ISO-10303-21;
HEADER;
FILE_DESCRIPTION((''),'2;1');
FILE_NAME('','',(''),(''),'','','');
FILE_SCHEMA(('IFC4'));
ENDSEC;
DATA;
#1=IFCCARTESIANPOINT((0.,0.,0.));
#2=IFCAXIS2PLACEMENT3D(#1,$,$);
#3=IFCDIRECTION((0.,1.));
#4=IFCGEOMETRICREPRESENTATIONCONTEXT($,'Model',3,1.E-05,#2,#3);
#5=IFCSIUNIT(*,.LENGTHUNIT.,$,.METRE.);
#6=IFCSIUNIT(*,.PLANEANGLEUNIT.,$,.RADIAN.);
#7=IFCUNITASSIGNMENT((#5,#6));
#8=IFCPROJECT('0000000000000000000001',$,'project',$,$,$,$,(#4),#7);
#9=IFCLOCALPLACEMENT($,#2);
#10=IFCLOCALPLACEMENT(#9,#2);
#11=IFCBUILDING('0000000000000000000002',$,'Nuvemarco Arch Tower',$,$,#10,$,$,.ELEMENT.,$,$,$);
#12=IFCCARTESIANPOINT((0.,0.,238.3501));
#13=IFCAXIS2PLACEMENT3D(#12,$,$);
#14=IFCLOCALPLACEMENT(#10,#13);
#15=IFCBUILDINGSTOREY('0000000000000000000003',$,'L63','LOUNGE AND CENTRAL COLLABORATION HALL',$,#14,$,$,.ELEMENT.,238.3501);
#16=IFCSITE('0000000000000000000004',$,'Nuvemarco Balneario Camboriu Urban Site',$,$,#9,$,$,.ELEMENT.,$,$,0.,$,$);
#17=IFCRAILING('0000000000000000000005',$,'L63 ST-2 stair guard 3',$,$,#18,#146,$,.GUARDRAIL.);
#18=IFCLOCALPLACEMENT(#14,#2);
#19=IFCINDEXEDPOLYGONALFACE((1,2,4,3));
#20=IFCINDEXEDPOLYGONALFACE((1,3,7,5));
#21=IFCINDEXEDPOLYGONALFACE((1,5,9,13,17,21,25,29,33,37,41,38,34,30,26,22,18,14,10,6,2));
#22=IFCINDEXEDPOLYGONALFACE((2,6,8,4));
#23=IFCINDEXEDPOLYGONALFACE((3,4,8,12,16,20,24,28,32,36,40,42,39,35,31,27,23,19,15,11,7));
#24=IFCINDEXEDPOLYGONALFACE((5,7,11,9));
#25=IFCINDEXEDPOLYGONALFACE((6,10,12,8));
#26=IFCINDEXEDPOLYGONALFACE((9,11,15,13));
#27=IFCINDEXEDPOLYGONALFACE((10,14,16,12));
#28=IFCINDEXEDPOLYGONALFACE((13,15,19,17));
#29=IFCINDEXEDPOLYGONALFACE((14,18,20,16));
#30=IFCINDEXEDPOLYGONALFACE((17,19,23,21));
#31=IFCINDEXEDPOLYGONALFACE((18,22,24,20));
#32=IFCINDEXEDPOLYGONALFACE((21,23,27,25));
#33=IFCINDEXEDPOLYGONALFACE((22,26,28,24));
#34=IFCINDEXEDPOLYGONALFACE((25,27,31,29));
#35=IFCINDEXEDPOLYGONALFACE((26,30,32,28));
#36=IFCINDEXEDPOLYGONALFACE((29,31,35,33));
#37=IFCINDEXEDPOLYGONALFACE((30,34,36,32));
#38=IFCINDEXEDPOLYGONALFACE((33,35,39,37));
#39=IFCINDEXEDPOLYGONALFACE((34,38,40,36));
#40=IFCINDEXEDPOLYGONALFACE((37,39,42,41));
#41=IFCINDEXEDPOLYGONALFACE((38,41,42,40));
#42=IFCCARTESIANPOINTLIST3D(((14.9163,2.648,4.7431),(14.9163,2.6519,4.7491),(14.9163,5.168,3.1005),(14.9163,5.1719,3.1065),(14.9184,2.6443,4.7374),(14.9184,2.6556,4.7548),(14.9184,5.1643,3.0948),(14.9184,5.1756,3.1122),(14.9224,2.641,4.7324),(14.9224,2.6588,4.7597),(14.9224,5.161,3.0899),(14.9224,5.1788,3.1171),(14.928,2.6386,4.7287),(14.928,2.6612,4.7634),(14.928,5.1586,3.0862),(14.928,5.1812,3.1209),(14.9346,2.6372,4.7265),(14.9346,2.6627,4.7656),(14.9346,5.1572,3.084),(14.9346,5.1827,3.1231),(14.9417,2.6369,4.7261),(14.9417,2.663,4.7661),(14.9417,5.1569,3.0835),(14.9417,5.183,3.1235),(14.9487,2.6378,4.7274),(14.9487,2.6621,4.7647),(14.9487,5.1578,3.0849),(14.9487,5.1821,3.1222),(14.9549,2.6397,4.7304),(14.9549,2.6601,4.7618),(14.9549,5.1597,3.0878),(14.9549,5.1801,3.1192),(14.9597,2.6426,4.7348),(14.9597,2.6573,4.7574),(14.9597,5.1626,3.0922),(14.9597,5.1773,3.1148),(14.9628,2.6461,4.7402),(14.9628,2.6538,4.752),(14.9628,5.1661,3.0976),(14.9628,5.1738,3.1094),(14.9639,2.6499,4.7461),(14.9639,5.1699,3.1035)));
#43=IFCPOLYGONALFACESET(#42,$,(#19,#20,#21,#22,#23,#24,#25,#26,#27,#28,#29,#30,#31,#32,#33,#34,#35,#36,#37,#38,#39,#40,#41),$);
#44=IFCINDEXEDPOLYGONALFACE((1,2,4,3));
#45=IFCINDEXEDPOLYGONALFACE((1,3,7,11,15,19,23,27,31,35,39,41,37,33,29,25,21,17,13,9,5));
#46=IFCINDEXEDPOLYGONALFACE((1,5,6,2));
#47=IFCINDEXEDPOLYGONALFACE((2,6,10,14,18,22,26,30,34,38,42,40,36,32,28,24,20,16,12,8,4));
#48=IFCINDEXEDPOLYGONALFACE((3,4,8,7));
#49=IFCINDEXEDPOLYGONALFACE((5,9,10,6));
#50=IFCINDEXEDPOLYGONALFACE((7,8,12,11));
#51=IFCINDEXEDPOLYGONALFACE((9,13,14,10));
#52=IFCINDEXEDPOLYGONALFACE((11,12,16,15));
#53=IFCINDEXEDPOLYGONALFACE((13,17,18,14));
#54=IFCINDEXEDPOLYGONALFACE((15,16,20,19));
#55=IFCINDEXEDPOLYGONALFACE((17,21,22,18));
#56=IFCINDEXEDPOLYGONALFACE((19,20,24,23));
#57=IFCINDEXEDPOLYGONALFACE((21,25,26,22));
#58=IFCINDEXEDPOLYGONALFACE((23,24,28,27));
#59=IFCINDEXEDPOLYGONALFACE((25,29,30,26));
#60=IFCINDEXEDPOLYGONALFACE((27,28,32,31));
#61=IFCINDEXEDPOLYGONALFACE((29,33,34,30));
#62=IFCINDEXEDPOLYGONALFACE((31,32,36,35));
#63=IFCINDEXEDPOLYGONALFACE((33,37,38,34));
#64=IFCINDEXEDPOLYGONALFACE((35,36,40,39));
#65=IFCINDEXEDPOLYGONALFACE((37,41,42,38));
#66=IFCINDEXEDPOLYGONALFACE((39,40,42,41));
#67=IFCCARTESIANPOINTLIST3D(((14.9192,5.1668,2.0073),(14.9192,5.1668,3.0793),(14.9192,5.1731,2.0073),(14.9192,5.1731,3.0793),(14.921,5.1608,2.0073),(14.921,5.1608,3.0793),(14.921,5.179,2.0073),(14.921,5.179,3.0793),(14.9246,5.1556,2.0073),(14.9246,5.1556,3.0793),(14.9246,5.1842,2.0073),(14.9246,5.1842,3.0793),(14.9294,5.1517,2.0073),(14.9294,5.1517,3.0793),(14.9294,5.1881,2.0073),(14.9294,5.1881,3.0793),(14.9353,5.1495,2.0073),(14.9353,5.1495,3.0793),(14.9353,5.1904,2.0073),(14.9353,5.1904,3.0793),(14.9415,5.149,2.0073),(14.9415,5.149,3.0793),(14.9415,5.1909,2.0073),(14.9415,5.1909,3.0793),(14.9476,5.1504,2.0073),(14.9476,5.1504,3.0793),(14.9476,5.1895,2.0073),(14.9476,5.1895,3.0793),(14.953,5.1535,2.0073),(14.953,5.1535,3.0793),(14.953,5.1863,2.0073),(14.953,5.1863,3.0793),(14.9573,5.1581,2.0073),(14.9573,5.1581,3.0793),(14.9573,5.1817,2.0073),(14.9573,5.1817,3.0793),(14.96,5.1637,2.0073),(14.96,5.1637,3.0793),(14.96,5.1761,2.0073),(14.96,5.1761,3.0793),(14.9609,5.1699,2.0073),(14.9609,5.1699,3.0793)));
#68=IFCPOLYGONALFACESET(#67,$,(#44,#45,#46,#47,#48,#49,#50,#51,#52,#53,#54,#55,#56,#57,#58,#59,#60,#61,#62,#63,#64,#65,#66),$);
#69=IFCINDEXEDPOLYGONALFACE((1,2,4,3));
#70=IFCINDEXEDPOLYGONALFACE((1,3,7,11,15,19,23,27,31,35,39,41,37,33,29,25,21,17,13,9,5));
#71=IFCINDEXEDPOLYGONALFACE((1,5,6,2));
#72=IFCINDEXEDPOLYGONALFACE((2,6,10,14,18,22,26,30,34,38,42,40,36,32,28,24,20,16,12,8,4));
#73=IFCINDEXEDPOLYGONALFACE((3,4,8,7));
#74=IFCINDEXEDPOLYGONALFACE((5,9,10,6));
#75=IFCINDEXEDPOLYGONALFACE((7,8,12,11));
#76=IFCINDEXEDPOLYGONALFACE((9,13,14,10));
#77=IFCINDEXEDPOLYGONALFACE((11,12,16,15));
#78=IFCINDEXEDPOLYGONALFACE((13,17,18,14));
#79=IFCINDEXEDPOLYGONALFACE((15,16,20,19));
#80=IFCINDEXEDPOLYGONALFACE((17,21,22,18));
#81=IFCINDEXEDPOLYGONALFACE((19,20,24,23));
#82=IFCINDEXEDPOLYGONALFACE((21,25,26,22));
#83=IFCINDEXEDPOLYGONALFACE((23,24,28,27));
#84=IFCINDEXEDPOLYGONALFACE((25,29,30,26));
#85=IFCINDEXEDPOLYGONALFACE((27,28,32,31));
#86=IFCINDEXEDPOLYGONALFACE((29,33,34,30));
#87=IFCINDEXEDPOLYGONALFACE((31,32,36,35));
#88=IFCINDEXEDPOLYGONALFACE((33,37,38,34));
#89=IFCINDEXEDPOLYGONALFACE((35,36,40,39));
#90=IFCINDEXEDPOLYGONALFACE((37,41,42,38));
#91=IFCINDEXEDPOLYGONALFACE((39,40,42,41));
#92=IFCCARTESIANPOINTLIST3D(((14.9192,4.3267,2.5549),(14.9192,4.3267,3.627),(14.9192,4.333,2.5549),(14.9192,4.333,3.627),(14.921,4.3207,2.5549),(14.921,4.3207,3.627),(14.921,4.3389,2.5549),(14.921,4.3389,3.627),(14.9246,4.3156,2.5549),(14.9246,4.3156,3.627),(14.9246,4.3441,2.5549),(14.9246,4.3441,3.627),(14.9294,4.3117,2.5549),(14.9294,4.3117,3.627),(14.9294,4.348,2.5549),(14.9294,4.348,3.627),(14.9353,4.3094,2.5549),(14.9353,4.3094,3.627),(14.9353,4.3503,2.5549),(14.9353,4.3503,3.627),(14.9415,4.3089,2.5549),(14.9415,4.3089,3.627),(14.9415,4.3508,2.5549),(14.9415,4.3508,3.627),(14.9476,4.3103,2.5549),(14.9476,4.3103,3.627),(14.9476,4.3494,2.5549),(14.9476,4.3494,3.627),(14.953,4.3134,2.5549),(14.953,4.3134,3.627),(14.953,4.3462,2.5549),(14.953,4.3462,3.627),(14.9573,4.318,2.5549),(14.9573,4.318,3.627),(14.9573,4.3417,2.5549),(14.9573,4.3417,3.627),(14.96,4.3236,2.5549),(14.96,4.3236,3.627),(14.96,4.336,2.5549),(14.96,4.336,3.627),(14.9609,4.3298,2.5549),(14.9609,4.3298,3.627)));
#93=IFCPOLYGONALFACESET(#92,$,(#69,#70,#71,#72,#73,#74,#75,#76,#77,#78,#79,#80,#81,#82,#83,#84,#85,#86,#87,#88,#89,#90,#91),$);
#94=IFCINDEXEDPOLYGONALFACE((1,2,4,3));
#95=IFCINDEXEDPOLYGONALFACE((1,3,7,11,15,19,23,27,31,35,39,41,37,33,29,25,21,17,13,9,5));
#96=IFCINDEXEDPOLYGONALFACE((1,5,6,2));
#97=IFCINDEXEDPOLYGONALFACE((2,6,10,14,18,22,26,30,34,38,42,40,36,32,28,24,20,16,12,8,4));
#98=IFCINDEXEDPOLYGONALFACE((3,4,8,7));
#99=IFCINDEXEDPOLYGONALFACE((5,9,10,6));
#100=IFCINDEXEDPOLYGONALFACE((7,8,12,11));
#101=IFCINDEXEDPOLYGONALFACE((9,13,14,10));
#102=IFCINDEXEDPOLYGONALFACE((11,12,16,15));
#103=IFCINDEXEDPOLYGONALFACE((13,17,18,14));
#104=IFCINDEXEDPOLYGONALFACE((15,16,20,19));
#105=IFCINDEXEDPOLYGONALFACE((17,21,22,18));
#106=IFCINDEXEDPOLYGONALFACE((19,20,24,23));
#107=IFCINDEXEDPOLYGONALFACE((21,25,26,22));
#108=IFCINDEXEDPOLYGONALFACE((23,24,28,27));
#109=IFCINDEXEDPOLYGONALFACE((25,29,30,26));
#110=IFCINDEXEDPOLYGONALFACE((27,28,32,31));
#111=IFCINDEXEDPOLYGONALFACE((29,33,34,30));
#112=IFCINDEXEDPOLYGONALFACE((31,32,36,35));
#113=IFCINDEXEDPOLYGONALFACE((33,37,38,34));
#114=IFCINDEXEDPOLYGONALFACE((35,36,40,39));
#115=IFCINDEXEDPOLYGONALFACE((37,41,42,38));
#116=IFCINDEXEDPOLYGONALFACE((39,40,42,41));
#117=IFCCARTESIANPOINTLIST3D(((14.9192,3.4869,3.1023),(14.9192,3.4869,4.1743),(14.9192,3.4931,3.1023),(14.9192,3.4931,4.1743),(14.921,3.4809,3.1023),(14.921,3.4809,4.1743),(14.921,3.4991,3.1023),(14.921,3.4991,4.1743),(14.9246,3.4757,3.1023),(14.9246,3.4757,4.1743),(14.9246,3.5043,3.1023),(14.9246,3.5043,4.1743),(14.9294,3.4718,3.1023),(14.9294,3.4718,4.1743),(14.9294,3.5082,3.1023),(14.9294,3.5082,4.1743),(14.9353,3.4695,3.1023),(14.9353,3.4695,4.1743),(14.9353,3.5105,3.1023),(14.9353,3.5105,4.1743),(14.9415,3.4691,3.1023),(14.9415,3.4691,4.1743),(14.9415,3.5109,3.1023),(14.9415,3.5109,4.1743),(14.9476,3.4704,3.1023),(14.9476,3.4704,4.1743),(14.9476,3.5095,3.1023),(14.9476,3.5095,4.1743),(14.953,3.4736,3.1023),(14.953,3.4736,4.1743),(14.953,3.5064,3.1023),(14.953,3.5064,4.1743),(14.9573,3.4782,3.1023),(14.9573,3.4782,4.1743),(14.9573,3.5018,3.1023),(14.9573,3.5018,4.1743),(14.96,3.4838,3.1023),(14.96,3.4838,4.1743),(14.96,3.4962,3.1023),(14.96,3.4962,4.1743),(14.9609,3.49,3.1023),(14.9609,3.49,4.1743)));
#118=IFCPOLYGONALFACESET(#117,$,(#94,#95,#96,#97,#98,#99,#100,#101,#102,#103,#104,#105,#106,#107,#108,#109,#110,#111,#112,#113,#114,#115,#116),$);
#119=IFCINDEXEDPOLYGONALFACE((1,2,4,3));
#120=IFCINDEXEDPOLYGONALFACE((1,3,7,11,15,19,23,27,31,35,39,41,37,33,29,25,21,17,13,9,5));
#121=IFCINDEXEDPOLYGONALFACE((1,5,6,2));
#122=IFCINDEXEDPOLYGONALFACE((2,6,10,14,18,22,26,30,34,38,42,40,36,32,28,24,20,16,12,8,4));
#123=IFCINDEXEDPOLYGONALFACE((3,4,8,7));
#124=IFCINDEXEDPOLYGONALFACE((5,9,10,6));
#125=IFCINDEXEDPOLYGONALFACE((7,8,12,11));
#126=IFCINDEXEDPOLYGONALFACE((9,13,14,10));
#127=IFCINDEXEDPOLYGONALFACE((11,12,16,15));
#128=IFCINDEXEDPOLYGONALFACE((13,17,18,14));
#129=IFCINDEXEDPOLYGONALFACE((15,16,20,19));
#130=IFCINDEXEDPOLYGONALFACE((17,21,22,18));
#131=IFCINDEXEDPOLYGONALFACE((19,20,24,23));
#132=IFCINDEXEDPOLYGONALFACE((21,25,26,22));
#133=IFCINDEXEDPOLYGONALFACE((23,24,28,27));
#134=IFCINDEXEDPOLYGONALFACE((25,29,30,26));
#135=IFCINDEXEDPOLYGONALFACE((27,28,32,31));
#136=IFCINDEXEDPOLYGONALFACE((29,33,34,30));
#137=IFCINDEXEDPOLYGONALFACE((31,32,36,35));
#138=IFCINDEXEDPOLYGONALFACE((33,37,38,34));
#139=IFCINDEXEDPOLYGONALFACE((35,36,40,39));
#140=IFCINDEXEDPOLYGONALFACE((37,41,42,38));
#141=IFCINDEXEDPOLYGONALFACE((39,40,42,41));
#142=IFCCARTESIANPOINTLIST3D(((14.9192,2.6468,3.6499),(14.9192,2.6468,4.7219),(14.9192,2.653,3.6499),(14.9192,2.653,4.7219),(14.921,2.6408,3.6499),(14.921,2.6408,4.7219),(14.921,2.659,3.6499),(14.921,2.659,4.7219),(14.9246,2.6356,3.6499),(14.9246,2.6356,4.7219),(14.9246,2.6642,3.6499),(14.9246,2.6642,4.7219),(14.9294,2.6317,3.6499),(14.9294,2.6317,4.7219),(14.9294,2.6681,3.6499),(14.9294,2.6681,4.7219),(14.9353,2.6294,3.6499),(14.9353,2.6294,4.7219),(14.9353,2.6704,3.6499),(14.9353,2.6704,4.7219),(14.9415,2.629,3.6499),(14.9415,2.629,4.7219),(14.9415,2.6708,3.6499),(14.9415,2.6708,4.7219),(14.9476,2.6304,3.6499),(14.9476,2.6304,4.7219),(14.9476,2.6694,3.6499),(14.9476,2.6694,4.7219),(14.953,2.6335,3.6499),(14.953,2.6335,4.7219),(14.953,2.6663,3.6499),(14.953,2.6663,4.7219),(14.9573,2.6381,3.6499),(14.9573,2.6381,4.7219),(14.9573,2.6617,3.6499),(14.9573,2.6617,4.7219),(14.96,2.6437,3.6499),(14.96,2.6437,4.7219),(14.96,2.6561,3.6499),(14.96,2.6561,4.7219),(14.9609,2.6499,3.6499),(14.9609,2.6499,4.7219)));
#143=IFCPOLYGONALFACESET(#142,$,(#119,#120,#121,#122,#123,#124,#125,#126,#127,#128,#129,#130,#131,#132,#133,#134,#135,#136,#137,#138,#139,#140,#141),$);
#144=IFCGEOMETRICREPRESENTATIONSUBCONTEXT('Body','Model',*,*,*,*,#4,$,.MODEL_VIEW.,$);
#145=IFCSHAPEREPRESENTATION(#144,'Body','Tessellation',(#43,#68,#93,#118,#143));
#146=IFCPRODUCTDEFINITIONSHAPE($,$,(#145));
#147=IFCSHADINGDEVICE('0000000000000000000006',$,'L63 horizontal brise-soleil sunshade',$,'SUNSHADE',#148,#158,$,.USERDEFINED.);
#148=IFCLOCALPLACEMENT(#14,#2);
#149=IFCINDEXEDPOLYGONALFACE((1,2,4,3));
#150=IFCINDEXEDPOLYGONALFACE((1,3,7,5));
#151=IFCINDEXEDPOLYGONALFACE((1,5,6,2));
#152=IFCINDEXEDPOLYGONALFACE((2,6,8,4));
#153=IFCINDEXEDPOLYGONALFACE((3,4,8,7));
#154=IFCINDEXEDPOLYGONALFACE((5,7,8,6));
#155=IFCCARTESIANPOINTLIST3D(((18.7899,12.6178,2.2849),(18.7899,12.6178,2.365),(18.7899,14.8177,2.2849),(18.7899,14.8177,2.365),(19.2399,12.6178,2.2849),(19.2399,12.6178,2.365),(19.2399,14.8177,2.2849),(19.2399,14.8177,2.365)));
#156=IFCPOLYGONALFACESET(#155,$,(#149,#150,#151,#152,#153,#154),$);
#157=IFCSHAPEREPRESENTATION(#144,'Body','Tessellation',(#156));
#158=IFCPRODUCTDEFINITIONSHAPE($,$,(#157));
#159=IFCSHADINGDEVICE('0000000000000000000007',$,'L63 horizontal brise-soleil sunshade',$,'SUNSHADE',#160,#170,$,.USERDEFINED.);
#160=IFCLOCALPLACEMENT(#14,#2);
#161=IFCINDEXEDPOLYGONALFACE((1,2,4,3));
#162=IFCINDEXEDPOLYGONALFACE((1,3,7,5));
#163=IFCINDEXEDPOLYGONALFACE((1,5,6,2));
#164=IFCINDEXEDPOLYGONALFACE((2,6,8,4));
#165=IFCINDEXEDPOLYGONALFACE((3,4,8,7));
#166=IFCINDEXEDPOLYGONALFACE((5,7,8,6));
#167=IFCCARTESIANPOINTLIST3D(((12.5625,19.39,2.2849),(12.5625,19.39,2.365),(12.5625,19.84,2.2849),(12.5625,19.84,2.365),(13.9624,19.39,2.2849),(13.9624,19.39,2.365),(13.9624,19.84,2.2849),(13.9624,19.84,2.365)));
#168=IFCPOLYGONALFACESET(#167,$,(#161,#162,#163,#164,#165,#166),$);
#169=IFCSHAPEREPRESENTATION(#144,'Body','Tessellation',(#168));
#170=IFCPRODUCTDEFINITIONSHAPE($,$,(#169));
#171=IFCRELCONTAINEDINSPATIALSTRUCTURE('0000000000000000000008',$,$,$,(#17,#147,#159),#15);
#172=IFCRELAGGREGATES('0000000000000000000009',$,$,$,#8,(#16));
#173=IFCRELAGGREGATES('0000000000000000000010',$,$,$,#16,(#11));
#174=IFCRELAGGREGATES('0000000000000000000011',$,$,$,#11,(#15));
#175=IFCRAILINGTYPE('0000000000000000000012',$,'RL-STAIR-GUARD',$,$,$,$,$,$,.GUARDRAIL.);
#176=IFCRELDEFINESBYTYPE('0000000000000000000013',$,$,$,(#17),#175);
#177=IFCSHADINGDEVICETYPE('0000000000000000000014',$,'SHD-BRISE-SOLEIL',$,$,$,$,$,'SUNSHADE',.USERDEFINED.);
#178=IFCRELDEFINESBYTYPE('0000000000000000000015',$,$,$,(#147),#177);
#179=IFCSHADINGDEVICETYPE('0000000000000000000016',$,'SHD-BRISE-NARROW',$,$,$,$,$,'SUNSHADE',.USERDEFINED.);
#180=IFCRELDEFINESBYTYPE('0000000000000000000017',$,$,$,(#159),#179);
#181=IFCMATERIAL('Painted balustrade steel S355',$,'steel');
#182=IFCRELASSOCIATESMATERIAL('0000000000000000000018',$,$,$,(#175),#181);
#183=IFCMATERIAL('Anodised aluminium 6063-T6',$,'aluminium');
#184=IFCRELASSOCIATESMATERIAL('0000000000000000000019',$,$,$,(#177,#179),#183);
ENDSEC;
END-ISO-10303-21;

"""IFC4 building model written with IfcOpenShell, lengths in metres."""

from ifc_helpers import new_model, si_unit, direction, frame, origin, origin_2d, place, context, subcontext, project, spatial, rectangle, circle, extrude, source, transform, mapped, material, type_object, type_shapes, element, save


model = new_model("IFC4")

# Units and contexts
model_context = context("Model", 3, precision=1e-05, world=origin(), true_north=direction((0.0, 1.0)))
body_context = subcontext(model_context, "Body", "Model", "MODEL_VIEW")
ifc_project = project(units=[si_unit("LENGTHUNIT", "METRE"), si_unit("PLANEANGLEUNIT", "RADIAN")], contexts=[model_context])

# Site, building, storey
site_placement = place(None, origin())
site = spatial("IfcSite", under=ifc_project, at=site_placement, Name="Nuvemarco Balneario Camboriu Urban Site", CompositionType="ELEMENT", RefElevation=0.0)
building_placement = place(site_placement, origin())
building = spatial("IfcBuilding", under=site, at=building_placement, Name="Nuvemarco Arch Tower", CompositionType="ELEMENT")
storey_placement = place(building_placement, frame((0.0, 0.0, 238.3501)))
storey = spatial("IfcBuildingStorey", under=building, at=storey_placement, Name="L63", Description="LOUNGE AND CENTRAL COLLABORATION HALL", CompositionType="ELEMENT", Elevation=238.3501)

# Railing
ifc_material_1 = material(Name="Painted balustrade steel S355", Category="steel")
railing_type_1 = type_object("IfcRailingType", Name="RL-STAIR-GUARD", PredefinedType="GUARDRAIL", material=ifc_material_1)
railing_1_placement = place(storey_placement, frame((14.9399, 5.1699, 2.0073)))
element("IfcRailing", 1, at=railing_1_placement, inside=storey, type_object=railing_type_1, Name="L63 ST-2 stair guard 3", PredefinedType="GUARDRAIL", context=body_context, shape_type="SweptSolid", body=[
    extrude(circle(Radius=0.0239, at=origin_2d()), frame((0.0, 0.0, 1.0962), z_axis=(0.0, -0.837749, 0.546055), x_axis=(1.0, 0.0, 0.0)), (0.0, 0.0, 1.0), 3.0081),
    extrude(circle(Radius=0.021, at=origin_2d()), origin(), (0.0, 0.0, 1.0), 1.072),
    extrude(circle(Radius=0.021, at=origin_2d()), frame((0.0, -0.8401, 0.5476)), (0.0, 0.0, 1.0), 1.072),
    extrude(circle(Radius=0.021, at=origin_2d()), frame((0.0, -1.6799, 1.095)), (0.0, 0.0, 1.0), 1.072),
    extrude(circle(Radius=0.021, at=origin_2d()), frame((0.0, -2.52, 1.6426)), (0.0, 0.0, 1.0), 1.072),
])

# Shading devices
ifc_material_2 = material(Name="Anodised aluminium 6063-T6", Category="aluminium")
shading_device_type_1 = type_object("IfcShadingDeviceType", Name="SHD-BRISE-SOLEIL", ElementType="SUNSHADE", PredefinedType="USERDEFINED", material=ifc_material_2)
shared_shape_1 = source(origin(), body_context, "Body", "SweptSolid", [
    extrude(rectangle(XDim=2.2, YDim=0.45, at=origin_2d()), origin(), (0.0, 0.0, 1.0), 0.0801),
])
type_shapes(shading_device_type_1, [shared_shape_1])
shading_device_1_placement = place(storey_placement, frame((19.0149, 13.7178, 2.2849), z_axis=(0.0, 0.0, 1.0), x_axis=(0.0, 1.0, 0.0)))
element("IfcShadingDevice", 2, at=shading_device_1_placement, inside=storey, type_object=shading_device_type_1, Name="L63 horizontal brise-soleil sunshade", ObjectType="SUNSHADE", PredefinedType="USERDEFINED", context=body_context, shape_type="MappedRepresentation", body=[
    mapped(shared_shape_1, transform((0.0, 0.0, 0.0), scale=1.0)),
])
shading_device_type_2 = type_object("IfcShadingDeviceType", Name="SHD-BRISE-NARROW", ElementType="SUNSHADE", PredefinedType="USERDEFINED", material=ifc_material_2)
shared_shape_2 = source(origin(), body_context, "Body", "SweptSolid", [
    extrude(rectangle(XDim=1.3999, YDim=0.45, at=origin_2d()), origin(), (0.0, 0.0, 1.0), 0.0801),
])
type_shapes(shading_device_type_2, [shared_shape_2])
shading_device_2_placement = place(storey_placement, frame((13.2625, 19.615, 2.2849), z_axis=(0.0, 0.0, 1.0), x_axis=(1.0, 0.0, 0.0)))
element("IfcShadingDevice", 3, at=shading_device_2_placement, inside=storey, type_object=shading_device_type_2, Name="L63 horizontal brise-soleil sunshade", ObjectType="SUNSHADE", PredefinedType="USERDEFINED", context=body_context, shape_type="MappedRepresentation", body=[
    mapped(shared_shape_2, transform((0.0, 0.0, 0.0), scale=1.0)),
])

save(model, "model.ifc")
